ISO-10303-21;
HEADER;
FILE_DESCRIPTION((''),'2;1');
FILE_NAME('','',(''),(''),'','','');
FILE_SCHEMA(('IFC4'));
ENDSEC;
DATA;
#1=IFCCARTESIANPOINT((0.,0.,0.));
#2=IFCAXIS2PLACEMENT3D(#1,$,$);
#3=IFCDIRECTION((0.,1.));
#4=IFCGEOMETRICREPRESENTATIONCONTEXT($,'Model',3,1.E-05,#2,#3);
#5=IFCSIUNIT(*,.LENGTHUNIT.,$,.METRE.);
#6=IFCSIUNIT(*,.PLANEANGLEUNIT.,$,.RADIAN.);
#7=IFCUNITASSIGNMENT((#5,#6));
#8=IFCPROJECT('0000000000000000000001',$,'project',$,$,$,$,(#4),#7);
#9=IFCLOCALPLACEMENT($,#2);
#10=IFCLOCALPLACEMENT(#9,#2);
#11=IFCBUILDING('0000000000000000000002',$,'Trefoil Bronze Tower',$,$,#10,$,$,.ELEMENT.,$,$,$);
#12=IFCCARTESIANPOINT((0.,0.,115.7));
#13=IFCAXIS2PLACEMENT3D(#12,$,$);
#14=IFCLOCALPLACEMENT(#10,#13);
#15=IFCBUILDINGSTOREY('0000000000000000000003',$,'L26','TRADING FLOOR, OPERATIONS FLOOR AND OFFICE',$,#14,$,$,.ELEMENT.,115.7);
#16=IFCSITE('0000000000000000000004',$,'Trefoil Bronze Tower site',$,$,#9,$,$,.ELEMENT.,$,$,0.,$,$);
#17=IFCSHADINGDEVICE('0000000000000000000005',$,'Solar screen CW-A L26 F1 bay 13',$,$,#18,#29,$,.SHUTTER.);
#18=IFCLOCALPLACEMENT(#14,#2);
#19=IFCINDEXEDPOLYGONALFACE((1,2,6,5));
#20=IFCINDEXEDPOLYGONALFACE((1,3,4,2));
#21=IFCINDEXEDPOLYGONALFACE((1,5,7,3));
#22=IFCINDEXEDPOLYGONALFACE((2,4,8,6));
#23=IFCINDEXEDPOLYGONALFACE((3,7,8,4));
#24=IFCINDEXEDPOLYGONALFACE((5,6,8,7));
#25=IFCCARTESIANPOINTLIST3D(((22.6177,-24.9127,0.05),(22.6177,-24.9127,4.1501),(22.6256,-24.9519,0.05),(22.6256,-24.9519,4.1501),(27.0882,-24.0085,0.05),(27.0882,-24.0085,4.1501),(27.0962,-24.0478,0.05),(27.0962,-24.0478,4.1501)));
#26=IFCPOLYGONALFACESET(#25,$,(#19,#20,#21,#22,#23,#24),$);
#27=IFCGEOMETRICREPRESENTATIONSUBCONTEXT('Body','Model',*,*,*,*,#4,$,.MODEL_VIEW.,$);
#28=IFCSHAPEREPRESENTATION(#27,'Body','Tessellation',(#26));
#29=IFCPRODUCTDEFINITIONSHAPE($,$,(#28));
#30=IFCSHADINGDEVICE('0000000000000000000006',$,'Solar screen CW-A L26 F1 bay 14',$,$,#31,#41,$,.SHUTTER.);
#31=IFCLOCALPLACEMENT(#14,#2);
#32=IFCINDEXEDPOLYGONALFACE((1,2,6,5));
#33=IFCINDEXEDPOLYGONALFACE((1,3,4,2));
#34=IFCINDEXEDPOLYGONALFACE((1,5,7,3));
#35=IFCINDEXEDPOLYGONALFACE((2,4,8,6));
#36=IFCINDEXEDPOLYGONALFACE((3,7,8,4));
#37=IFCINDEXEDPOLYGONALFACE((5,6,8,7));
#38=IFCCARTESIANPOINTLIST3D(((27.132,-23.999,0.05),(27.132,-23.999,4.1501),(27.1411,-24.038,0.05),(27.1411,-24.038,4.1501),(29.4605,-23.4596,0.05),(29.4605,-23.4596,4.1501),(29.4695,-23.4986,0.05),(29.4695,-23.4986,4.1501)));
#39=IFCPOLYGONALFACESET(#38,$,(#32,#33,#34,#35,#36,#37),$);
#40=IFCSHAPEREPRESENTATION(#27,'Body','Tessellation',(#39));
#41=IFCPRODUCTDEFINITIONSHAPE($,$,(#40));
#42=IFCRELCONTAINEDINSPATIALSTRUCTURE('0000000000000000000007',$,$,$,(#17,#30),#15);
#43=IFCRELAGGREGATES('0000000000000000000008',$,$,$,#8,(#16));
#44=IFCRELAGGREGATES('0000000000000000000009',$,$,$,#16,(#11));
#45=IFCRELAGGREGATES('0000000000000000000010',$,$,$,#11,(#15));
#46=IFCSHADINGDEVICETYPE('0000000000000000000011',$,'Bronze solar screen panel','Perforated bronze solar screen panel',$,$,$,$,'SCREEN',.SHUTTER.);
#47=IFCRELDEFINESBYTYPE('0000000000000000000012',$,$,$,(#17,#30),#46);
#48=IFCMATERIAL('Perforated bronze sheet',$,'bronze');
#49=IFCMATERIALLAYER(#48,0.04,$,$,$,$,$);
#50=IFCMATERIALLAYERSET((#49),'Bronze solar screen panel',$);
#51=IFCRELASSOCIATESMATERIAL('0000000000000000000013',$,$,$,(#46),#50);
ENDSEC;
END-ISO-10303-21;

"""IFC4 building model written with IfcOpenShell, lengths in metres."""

from ifc_helpers import new_model, si_unit, direction, frame, origin, origin_2d, place, context, subcontext, project, spatial, rectangle, extrude, material, layer, layer_set, type_object, element, save


model = new_model("IFC4")

# Units and contexts
model_context = context("Model", 3, precision=1e-05, world=origin(), true_north=direction((0.0, 1.0)))
body_context = subcontext(model_context, "Body", "Model", "MODEL_VIEW")
ifc_project = project(units=[si_unit("LENGTHUNIT", "METRE"), si_unit("PLANEANGLEUNIT", "RADIAN")], contexts=[model_context])

# Site, building, storey
site_placement = place(None, origin())
site = spatial("IfcSite", under=ifc_project, at=site_placement, Name="Trefoil Bronze Tower site", CompositionType="ELEMENT", RefElevation=0.0)
building_placement = place(site_placement, origin())
building = spatial("IfcBuilding", under=site, at=building_placement, Name="Trefoil Bronze Tower", CompositionType="ELEMENT")
storey_placement = place(building_placement, frame((0.0, 0.0, 115.7)))
storey = spatial("IfcBuildingStorey", under=building, at=storey_placement, Name="L26", Description="TRADING FLOOR, OPERATIONS FLOOR AND OFFICE", CompositionType="ELEMENT", Elevation=115.7)

# Shading devices
ifc_material_1 = material(Name="Perforated bronze sheet", Category="bronze")
ifc_layer_1 = layer(ifc_material_1, 0.04)
ifc_layer_set_1 = layer_set([ifc_layer_1], Name="Bronze solar screen panel")
shading_device_type = type_object("IfcShadingDeviceType", Name="Bronze solar screen panel", Description="Perforated bronze solar screen panel", ElementType="SCREEN", PredefinedType="SHUTTER", material=ifc_layer_set_1)
shading_device_1_placement = place(storey_placement, frame((24.8569, -24.4802, 0.05), z_axis=(0.0, 0.0, 1.0), x_axis=(0.980155, 0.198232, 0.0)))
element("IfcShadingDevice", 1, at=shading_device_1_placement, inside=storey, type_object=shading_device_type, Name="Solar screen CW-A L26 F1 bay 13", PredefinedType="SHUTTER", context=body_context, shape_type="SweptSolid", body=[
    extrude(rectangle(XDim=4.561, YDim=0.04, at=origin_2d()), origin(), (0.0, 0.0, 1.0), 4.1001),
])
shading_device_2_placement = place(storey_placement, frame((28.3008, -23.7488, 0.05), z_axis=(0.0, 0.0, 1.0), x_axis=(0.974204, 0.225667, 0.0)))
element("IfcShadingDevice", 2, at=shading_device_2_placement, inside=storey, type_object=shading_device_type, Name="Solar screen CW-A L26 F1 bay 14", PredefinedType="SHUTTER", context=body_context, shape_type="SweptSolid", body=[
    extrude(rectangle(XDim=2.3901, YDim=0.04, at=origin_2d()), origin(), (0.0, 0.0, 1.0), 4.1001),
])

save(model, "model.ifc")
